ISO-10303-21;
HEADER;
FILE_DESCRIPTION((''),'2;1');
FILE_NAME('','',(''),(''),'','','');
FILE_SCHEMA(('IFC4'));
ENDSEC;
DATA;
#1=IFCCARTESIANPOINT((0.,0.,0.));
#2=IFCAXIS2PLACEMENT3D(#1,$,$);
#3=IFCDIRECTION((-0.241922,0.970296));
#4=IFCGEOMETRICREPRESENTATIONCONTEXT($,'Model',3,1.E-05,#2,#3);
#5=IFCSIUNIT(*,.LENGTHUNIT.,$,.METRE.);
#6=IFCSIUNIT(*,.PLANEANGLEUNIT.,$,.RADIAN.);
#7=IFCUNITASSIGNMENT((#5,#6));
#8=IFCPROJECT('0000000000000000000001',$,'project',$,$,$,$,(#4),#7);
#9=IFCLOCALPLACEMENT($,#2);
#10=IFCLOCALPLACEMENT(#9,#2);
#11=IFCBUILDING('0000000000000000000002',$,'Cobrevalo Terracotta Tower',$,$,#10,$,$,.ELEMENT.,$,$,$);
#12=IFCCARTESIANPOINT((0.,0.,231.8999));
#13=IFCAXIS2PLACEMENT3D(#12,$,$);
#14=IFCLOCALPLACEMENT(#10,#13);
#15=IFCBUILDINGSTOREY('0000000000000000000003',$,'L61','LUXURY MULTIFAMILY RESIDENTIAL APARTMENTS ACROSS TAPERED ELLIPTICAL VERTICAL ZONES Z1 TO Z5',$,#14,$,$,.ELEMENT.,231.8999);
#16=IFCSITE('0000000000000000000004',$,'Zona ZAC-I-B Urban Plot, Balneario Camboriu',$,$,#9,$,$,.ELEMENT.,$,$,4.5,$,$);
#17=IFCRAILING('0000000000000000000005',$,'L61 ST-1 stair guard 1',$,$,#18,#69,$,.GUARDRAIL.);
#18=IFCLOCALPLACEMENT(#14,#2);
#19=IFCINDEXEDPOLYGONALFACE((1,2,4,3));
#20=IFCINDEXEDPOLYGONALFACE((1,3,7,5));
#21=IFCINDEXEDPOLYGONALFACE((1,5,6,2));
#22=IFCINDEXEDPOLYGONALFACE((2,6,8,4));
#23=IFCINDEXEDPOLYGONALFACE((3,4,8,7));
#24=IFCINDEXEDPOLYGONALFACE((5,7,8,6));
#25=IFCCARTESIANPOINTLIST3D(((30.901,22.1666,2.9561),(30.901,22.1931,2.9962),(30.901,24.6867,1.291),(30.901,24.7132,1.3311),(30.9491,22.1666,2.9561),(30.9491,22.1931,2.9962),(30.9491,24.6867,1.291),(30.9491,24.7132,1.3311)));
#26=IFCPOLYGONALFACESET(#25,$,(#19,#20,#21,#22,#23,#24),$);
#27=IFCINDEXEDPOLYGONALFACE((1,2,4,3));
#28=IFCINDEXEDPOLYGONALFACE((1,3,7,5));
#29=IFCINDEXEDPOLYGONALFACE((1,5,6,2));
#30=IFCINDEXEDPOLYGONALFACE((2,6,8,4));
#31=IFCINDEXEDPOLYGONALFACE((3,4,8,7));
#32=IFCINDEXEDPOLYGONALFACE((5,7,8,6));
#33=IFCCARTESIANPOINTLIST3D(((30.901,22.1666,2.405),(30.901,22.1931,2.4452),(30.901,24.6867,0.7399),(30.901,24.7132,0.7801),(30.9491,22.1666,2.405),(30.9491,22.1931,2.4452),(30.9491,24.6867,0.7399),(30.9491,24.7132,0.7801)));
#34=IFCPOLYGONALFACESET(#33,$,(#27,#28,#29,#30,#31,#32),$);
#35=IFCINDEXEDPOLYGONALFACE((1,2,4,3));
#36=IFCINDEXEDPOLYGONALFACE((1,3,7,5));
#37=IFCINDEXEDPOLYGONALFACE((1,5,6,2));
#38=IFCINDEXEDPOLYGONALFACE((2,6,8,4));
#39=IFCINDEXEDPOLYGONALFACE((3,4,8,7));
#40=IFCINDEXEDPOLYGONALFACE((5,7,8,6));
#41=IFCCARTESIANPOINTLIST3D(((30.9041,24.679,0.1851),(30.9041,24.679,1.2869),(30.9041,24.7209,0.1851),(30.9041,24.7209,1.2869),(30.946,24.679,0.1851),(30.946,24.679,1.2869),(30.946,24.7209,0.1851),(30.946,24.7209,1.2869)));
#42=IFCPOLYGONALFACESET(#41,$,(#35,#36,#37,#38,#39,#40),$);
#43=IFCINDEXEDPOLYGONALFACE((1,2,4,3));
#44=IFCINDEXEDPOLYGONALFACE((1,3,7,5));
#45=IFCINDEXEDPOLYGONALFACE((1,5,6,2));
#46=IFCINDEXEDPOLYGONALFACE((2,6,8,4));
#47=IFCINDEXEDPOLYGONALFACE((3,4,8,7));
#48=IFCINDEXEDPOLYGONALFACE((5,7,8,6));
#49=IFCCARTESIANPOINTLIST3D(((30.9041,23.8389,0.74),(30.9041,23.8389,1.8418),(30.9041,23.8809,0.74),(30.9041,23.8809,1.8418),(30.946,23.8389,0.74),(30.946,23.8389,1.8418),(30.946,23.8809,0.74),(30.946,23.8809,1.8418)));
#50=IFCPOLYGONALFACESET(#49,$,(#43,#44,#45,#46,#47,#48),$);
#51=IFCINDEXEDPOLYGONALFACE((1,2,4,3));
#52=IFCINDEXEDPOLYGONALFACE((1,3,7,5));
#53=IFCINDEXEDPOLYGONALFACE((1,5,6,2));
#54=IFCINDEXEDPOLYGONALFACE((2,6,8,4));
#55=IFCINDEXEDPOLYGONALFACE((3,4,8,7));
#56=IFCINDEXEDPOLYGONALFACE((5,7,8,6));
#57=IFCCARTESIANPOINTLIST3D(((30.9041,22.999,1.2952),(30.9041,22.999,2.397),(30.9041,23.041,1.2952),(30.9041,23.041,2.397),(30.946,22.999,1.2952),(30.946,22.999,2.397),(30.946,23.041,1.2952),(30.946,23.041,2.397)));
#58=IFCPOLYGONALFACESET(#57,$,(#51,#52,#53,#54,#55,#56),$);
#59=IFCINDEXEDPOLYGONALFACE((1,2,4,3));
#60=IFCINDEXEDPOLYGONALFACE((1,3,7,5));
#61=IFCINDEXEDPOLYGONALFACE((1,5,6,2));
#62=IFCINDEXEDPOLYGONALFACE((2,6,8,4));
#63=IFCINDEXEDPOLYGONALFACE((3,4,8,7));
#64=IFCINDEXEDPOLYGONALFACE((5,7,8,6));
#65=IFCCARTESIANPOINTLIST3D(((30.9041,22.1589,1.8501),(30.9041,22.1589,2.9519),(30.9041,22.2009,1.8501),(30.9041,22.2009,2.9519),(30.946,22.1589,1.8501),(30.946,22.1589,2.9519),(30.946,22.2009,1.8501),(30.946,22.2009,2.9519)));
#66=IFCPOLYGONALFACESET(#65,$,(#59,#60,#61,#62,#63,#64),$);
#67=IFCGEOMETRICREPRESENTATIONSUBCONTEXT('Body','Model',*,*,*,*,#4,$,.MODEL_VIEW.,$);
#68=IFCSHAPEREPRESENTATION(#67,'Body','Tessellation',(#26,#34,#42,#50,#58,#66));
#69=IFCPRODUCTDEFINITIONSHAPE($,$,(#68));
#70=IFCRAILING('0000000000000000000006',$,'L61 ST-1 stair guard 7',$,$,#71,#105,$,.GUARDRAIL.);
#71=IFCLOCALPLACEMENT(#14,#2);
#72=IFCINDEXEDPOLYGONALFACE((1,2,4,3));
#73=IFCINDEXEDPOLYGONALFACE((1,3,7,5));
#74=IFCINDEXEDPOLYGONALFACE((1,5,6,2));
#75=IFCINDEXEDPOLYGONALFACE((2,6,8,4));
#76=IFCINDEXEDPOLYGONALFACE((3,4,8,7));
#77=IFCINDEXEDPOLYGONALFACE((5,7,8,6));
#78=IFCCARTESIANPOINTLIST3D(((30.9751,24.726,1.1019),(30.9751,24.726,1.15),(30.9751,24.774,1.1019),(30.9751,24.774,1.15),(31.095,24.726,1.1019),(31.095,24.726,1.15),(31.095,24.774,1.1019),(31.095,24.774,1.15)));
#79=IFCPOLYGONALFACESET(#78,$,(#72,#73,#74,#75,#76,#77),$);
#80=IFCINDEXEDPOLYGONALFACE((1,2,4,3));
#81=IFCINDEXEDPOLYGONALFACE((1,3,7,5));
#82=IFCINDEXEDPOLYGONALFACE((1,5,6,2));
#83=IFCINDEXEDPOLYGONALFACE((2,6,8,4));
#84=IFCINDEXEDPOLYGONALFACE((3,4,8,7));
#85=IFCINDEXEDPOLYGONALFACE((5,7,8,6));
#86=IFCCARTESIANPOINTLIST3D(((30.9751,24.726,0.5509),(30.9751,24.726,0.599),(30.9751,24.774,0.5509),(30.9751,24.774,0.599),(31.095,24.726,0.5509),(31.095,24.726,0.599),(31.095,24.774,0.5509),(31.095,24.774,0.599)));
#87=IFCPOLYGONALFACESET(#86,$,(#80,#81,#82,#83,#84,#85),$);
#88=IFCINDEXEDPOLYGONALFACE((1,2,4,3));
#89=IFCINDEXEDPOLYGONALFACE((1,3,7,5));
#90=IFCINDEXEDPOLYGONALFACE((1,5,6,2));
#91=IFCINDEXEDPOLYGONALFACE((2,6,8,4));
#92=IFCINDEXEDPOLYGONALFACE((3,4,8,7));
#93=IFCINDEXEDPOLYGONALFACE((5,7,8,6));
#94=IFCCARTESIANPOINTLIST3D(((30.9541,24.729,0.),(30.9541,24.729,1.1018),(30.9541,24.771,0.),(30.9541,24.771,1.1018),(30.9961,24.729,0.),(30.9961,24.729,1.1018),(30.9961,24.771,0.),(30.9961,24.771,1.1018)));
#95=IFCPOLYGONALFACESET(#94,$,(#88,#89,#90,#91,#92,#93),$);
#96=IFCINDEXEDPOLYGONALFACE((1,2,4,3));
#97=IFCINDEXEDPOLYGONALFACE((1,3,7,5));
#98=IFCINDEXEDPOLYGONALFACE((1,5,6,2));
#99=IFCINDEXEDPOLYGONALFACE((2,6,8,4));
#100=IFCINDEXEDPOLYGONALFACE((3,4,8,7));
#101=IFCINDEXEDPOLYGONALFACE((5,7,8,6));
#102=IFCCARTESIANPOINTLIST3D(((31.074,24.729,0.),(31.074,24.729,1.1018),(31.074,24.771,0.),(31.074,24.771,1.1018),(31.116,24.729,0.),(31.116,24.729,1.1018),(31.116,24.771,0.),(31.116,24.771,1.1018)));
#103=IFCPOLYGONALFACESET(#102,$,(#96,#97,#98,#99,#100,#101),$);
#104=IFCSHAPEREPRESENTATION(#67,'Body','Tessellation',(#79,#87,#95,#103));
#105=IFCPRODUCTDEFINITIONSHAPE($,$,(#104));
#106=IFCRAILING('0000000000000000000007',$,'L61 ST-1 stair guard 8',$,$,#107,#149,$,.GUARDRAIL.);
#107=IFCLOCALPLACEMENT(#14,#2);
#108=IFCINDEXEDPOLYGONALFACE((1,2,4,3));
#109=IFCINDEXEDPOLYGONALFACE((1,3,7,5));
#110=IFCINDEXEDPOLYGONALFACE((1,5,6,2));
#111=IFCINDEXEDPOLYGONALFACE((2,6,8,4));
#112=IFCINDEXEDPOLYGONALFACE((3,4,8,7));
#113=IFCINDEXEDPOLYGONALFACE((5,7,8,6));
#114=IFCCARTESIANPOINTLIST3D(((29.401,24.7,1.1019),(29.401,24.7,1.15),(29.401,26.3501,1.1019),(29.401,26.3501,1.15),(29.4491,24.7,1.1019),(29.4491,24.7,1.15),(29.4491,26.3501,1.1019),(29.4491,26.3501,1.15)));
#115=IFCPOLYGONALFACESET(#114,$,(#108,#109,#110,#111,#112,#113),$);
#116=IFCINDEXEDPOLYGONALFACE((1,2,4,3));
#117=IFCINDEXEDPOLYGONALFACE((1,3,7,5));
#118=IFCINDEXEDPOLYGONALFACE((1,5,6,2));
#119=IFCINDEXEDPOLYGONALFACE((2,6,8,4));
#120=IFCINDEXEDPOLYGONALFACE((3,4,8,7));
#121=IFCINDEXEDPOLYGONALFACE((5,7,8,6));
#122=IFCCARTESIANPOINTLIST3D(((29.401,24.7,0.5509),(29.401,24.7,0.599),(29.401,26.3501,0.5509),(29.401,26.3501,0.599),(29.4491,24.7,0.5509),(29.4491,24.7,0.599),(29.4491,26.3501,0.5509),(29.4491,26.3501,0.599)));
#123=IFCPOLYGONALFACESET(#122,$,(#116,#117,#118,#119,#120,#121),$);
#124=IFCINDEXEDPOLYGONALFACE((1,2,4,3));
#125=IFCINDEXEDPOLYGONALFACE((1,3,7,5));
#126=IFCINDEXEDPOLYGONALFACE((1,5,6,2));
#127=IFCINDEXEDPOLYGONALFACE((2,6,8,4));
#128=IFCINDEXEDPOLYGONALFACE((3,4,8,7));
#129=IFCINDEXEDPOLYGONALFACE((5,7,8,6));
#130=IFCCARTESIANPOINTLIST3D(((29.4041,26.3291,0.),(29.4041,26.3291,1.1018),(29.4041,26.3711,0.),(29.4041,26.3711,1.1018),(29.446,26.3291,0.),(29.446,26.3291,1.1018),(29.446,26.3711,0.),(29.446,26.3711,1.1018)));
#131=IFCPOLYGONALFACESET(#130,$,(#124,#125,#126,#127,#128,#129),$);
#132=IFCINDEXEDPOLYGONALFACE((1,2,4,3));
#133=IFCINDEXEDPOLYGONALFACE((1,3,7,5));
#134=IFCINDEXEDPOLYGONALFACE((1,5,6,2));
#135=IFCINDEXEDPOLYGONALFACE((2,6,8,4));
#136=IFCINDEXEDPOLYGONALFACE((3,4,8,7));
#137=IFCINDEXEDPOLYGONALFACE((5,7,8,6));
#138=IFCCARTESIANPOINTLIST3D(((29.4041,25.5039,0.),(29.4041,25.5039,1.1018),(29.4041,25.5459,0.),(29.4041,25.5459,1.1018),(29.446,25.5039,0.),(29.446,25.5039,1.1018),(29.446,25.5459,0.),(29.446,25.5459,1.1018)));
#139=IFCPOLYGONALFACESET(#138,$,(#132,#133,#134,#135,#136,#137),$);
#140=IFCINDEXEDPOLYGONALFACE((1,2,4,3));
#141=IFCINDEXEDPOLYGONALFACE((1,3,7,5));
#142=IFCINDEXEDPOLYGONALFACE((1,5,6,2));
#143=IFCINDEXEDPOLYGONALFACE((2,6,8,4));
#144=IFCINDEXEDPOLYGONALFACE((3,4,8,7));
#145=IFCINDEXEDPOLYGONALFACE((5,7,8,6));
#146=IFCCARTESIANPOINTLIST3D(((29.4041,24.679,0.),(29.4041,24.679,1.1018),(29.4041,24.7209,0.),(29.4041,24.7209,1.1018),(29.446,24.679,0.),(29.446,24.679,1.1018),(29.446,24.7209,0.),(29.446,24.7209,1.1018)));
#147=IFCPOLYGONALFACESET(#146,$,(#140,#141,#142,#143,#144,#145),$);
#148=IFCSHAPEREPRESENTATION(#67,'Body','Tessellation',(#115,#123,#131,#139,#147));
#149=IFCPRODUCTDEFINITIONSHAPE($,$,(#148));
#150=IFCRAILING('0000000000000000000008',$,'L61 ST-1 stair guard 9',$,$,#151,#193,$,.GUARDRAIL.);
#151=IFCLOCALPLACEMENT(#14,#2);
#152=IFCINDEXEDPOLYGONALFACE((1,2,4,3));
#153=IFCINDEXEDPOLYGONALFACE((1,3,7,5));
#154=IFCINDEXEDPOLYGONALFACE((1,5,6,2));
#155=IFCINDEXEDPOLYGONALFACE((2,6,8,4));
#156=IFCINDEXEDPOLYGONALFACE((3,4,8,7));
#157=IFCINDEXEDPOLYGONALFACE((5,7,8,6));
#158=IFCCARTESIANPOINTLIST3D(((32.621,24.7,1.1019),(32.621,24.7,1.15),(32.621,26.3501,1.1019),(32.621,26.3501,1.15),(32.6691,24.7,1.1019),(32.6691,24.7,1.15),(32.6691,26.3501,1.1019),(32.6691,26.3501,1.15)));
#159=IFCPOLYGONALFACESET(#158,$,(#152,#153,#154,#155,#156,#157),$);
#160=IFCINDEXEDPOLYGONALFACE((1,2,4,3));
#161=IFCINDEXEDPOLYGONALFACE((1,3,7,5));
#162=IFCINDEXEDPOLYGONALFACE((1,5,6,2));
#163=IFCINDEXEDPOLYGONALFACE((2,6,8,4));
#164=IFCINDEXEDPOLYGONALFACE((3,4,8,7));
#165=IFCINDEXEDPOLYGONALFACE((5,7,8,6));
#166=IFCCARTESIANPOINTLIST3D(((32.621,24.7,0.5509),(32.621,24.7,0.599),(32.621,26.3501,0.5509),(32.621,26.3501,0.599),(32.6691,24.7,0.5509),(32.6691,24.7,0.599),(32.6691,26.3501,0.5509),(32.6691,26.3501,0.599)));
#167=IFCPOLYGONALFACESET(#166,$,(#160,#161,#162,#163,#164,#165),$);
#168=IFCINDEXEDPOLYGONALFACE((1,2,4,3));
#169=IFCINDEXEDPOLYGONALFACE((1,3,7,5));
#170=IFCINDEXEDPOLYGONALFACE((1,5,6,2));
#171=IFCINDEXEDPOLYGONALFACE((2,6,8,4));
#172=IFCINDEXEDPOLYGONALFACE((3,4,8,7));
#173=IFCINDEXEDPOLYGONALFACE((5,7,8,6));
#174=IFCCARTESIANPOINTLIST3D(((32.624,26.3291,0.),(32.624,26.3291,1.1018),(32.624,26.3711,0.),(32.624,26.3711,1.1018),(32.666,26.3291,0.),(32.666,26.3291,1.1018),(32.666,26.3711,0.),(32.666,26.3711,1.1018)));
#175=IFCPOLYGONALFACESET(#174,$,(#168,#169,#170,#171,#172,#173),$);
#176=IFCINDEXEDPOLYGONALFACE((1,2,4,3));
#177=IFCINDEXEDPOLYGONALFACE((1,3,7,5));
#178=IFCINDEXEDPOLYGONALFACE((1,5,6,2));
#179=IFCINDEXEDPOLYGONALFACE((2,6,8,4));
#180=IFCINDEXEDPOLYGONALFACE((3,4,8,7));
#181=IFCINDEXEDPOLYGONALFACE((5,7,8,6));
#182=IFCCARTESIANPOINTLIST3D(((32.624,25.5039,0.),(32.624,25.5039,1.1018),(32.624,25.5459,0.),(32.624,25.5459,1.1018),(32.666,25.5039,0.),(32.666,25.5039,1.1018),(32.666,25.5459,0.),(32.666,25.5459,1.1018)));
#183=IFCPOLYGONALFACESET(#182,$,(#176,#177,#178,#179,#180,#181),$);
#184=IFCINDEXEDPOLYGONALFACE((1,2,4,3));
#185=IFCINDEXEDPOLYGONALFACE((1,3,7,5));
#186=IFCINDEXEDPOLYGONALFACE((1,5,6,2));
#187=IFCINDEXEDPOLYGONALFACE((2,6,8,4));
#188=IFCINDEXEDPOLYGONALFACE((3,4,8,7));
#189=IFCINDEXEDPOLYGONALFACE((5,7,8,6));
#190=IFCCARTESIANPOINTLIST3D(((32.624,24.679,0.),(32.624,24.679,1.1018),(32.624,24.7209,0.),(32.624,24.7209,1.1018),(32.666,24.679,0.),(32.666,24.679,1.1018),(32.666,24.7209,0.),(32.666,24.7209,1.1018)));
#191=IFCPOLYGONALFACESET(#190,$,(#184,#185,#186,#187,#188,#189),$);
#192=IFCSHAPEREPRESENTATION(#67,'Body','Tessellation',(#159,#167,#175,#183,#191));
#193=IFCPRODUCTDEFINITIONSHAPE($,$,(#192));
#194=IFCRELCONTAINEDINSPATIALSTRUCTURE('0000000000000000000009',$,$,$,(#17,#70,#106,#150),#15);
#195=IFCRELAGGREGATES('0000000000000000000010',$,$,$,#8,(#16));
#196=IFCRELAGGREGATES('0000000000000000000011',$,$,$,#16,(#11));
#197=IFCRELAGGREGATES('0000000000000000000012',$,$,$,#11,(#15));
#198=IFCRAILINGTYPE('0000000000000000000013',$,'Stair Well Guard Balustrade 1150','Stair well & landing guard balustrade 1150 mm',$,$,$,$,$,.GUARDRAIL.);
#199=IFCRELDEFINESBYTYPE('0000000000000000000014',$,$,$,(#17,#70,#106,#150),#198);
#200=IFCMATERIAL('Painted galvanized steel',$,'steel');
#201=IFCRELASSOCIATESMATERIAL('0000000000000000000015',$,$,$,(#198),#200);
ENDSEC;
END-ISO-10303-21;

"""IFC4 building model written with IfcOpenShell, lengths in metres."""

from ifc_helpers import new_model, si_unit, direction, frame, origin, origin_2d, place, context, subcontext, project, spatial, rectangle, extrude, material, type_object, element, save


model = new_model("IFC4")

# Units and contexts
model_context = context("Model", 3, precision=1e-05, world=origin(), true_north=direction((-0.241922, 0.970296)))
body_context = subcontext(model_context, "Body", "Model", "MODEL_VIEW")
ifc_project = project(units=[si_unit("LENGTHUNIT", "METRE"), si_unit("PLANEANGLEUNIT", "RADIAN")], contexts=[model_context])

# Site, building, storey
site_placement = place(None, origin())
site = spatial("IfcSite", under=ifc_project, at=site_placement, Name="Zona ZAC-I-B Urban Plot, Balneario Camboriu", CompositionType="ELEMENT", RefElevation=4.5)
building_placement = place(site_placement, origin())
building = spatial("IfcBuilding", under=site, at=building_placement, Name="Cobrevalo Terracotta Tower", CompositionType="ELEMENT")
storey_placement = place(building_placement, frame((0.0, 0.0, 231.8999)))
storey = spatial("IfcBuildingStorey", under=building, at=storey_placement, Name="L61", Description="LUXURY MULTIFAMILY RESIDENTIAL APARTMENTS ACROSS TAPERED ELLIPTICAL VERTICAL ZONES Z1 TO Z5", CompositionType="ELEMENT", Elevation=231.8999)

# Railings
ifc_material_1 = material(Name="Painted galvanized steel", Category="steel")
railing_type_1 = type_object("IfcRailingType", Name="Stair Well Guard Balustrade 1150", Description="Stair well & landing guard balustrade 1150 mm", PredefinedType="GUARDRAIL", material=ifc_material_1)
railing_1_placement = place(storey_placement, frame((30.925, 24.7, 0.1851)))
element("IfcRailing", 1, at=railing_1_placement, inside=storey, type_object=railing_type_1, Name="L61 ST-1 stair guard 1", PredefinedType="GUARDRAIL", context=body_context, shape_type="SweptSolid", body=[
    extrude(rectangle(XDim=0.0481, YDim=0.0481, at=origin_2d()), frame((0.0, 0.0, 1.126), z_axis=(0.0, -0.834331, 0.551263), x_axis=(1.0, 0.0, 0.0)), (0.0, 0.0, 1.0), 3.0205),
    extrude(rectangle(XDim=0.0481, YDim=0.0481, at=origin_2d()), frame((0.0, 0.0, 0.575), z_axis=(0.0, -0.834331, 0.551263), x_axis=(1.0, 0.0, 0.0)), (0.0, 0.0, 1.0), 3.0205),
    extrude(rectangle(XDim=0.042, YDim=0.042, at=origin_2d()), origin(), (0.0, 0.0, 1.0), 1.1018),
    extrude(rectangle(XDim=0.042, YDim=0.042, at=origin_2d()), frame((0.0, -0.8401, 0.5549)), (0.0, 0.0, 1.0), 1.1018),
    extrude(rectangle(XDim=0.042, YDim=0.042, at=origin_2d()), frame((0.0, -1.6799, 1.1101)), (0.0, 0.0, 1.0), 1.1018),
    extrude(rectangle(XDim=0.042, YDim=0.042, at=origin_2d()), frame((0.0, -2.52, 1.665)), (0.0, 0.0, 1.0), 1.1018),
])
railing_2_placement = place(storey_placement, frame((30.9751, 24.75, 0.0)))
element("IfcRailing", 2, at=railing_2_placement, inside=storey, type_object=railing_type_1, Name="L61 ST-1 stair guard 7", PredefinedType="GUARDRAIL", context=body_context, shape_type="SweptSolid", body=[
    extrude(rectangle(XDim=0.0481, YDim=0.0481, at=origin_2d()), frame((0.0, 0.0, 1.126), z_axis=(1.0, 0.0, 0.0), x_axis=(0.0, 1.0, 0.0)), (0.0, 0.0, 1.0), 0.1199),
    extrude(rectangle(XDim=0.0481, YDim=0.0481, at=origin_2d()), frame((0.0, 0.0, 0.575), z_axis=(1.0, 0.0, 0.0), x_axis=(0.0, 1.0, 0.0)), (0.0, 0.0, 1.0), 0.1199),
    extrude(rectangle(XDim=0.042, YDim=0.042, at=origin_2d()), origin(), (0.0, 0.0, 1.0), 1.1018),
    extrude(rectangle(XDim=0.042, YDim=0.042, at=origin_2d()), frame((0.1199, 0.0, 0.0)), (0.0, 0.0, 1.0), 1.1018),
])
for number, where, name in (
    (3, (29.425, 26.3501, 0.0), "L61 ST-1 stair guard 8"),
    (4, (32.645, 26.3501, 0.0), "L61 ST-1 stair guard 9"),
):
    element("IfcRailing", number, at=place(storey_placement, frame(where)), inside=storey, type_object=railing_type_1, Name=name, PredefinedType="GUARDRAIL", context=body_context, shape_type="SweptSolid", body=[
        extrude(rectangle(XDim=0.0481, YDim=0.0481, at=origin_2d()), frame((0.0, 0.0, 1.126), z_axis=(0.0, -1.0, 0.0), x_axis=(1.0, 0.0, 0.0)), (0.0, 0.0, 1.0), 1.6501),
        extrude(rectangle(XDim=0.0481, YDim=0.0481, at=origin_2d()), frame((0.0, 0.0, 0.575), z_axis=(0.0, -1.0, 0.0), x_axis=(1.0, 0.0, 0.0)), (0.0, 0.0, 1.0), 1.6501),
        extrude(rectangle(XDim=0.042, YDim=0.042, at=origin_2d()), origin(), (0.0, 0.0, 1.0), 1.1018),
        extrude(rectangle(XDim=0.042, YDim=0.042, at=origin_2d()), frame((0.0, -0.8252, 0.0)), (0.0, 0.0, 1.0), 1.1018),
        extrude(rectangle(XDim=0.042, YDim=0.042, at=origin_2d()), frame((0.0, -1.6501, 0.0)), (0.0, 0.0, 1.0), 1.1018),
    ])

save(model, "model.ifc")
